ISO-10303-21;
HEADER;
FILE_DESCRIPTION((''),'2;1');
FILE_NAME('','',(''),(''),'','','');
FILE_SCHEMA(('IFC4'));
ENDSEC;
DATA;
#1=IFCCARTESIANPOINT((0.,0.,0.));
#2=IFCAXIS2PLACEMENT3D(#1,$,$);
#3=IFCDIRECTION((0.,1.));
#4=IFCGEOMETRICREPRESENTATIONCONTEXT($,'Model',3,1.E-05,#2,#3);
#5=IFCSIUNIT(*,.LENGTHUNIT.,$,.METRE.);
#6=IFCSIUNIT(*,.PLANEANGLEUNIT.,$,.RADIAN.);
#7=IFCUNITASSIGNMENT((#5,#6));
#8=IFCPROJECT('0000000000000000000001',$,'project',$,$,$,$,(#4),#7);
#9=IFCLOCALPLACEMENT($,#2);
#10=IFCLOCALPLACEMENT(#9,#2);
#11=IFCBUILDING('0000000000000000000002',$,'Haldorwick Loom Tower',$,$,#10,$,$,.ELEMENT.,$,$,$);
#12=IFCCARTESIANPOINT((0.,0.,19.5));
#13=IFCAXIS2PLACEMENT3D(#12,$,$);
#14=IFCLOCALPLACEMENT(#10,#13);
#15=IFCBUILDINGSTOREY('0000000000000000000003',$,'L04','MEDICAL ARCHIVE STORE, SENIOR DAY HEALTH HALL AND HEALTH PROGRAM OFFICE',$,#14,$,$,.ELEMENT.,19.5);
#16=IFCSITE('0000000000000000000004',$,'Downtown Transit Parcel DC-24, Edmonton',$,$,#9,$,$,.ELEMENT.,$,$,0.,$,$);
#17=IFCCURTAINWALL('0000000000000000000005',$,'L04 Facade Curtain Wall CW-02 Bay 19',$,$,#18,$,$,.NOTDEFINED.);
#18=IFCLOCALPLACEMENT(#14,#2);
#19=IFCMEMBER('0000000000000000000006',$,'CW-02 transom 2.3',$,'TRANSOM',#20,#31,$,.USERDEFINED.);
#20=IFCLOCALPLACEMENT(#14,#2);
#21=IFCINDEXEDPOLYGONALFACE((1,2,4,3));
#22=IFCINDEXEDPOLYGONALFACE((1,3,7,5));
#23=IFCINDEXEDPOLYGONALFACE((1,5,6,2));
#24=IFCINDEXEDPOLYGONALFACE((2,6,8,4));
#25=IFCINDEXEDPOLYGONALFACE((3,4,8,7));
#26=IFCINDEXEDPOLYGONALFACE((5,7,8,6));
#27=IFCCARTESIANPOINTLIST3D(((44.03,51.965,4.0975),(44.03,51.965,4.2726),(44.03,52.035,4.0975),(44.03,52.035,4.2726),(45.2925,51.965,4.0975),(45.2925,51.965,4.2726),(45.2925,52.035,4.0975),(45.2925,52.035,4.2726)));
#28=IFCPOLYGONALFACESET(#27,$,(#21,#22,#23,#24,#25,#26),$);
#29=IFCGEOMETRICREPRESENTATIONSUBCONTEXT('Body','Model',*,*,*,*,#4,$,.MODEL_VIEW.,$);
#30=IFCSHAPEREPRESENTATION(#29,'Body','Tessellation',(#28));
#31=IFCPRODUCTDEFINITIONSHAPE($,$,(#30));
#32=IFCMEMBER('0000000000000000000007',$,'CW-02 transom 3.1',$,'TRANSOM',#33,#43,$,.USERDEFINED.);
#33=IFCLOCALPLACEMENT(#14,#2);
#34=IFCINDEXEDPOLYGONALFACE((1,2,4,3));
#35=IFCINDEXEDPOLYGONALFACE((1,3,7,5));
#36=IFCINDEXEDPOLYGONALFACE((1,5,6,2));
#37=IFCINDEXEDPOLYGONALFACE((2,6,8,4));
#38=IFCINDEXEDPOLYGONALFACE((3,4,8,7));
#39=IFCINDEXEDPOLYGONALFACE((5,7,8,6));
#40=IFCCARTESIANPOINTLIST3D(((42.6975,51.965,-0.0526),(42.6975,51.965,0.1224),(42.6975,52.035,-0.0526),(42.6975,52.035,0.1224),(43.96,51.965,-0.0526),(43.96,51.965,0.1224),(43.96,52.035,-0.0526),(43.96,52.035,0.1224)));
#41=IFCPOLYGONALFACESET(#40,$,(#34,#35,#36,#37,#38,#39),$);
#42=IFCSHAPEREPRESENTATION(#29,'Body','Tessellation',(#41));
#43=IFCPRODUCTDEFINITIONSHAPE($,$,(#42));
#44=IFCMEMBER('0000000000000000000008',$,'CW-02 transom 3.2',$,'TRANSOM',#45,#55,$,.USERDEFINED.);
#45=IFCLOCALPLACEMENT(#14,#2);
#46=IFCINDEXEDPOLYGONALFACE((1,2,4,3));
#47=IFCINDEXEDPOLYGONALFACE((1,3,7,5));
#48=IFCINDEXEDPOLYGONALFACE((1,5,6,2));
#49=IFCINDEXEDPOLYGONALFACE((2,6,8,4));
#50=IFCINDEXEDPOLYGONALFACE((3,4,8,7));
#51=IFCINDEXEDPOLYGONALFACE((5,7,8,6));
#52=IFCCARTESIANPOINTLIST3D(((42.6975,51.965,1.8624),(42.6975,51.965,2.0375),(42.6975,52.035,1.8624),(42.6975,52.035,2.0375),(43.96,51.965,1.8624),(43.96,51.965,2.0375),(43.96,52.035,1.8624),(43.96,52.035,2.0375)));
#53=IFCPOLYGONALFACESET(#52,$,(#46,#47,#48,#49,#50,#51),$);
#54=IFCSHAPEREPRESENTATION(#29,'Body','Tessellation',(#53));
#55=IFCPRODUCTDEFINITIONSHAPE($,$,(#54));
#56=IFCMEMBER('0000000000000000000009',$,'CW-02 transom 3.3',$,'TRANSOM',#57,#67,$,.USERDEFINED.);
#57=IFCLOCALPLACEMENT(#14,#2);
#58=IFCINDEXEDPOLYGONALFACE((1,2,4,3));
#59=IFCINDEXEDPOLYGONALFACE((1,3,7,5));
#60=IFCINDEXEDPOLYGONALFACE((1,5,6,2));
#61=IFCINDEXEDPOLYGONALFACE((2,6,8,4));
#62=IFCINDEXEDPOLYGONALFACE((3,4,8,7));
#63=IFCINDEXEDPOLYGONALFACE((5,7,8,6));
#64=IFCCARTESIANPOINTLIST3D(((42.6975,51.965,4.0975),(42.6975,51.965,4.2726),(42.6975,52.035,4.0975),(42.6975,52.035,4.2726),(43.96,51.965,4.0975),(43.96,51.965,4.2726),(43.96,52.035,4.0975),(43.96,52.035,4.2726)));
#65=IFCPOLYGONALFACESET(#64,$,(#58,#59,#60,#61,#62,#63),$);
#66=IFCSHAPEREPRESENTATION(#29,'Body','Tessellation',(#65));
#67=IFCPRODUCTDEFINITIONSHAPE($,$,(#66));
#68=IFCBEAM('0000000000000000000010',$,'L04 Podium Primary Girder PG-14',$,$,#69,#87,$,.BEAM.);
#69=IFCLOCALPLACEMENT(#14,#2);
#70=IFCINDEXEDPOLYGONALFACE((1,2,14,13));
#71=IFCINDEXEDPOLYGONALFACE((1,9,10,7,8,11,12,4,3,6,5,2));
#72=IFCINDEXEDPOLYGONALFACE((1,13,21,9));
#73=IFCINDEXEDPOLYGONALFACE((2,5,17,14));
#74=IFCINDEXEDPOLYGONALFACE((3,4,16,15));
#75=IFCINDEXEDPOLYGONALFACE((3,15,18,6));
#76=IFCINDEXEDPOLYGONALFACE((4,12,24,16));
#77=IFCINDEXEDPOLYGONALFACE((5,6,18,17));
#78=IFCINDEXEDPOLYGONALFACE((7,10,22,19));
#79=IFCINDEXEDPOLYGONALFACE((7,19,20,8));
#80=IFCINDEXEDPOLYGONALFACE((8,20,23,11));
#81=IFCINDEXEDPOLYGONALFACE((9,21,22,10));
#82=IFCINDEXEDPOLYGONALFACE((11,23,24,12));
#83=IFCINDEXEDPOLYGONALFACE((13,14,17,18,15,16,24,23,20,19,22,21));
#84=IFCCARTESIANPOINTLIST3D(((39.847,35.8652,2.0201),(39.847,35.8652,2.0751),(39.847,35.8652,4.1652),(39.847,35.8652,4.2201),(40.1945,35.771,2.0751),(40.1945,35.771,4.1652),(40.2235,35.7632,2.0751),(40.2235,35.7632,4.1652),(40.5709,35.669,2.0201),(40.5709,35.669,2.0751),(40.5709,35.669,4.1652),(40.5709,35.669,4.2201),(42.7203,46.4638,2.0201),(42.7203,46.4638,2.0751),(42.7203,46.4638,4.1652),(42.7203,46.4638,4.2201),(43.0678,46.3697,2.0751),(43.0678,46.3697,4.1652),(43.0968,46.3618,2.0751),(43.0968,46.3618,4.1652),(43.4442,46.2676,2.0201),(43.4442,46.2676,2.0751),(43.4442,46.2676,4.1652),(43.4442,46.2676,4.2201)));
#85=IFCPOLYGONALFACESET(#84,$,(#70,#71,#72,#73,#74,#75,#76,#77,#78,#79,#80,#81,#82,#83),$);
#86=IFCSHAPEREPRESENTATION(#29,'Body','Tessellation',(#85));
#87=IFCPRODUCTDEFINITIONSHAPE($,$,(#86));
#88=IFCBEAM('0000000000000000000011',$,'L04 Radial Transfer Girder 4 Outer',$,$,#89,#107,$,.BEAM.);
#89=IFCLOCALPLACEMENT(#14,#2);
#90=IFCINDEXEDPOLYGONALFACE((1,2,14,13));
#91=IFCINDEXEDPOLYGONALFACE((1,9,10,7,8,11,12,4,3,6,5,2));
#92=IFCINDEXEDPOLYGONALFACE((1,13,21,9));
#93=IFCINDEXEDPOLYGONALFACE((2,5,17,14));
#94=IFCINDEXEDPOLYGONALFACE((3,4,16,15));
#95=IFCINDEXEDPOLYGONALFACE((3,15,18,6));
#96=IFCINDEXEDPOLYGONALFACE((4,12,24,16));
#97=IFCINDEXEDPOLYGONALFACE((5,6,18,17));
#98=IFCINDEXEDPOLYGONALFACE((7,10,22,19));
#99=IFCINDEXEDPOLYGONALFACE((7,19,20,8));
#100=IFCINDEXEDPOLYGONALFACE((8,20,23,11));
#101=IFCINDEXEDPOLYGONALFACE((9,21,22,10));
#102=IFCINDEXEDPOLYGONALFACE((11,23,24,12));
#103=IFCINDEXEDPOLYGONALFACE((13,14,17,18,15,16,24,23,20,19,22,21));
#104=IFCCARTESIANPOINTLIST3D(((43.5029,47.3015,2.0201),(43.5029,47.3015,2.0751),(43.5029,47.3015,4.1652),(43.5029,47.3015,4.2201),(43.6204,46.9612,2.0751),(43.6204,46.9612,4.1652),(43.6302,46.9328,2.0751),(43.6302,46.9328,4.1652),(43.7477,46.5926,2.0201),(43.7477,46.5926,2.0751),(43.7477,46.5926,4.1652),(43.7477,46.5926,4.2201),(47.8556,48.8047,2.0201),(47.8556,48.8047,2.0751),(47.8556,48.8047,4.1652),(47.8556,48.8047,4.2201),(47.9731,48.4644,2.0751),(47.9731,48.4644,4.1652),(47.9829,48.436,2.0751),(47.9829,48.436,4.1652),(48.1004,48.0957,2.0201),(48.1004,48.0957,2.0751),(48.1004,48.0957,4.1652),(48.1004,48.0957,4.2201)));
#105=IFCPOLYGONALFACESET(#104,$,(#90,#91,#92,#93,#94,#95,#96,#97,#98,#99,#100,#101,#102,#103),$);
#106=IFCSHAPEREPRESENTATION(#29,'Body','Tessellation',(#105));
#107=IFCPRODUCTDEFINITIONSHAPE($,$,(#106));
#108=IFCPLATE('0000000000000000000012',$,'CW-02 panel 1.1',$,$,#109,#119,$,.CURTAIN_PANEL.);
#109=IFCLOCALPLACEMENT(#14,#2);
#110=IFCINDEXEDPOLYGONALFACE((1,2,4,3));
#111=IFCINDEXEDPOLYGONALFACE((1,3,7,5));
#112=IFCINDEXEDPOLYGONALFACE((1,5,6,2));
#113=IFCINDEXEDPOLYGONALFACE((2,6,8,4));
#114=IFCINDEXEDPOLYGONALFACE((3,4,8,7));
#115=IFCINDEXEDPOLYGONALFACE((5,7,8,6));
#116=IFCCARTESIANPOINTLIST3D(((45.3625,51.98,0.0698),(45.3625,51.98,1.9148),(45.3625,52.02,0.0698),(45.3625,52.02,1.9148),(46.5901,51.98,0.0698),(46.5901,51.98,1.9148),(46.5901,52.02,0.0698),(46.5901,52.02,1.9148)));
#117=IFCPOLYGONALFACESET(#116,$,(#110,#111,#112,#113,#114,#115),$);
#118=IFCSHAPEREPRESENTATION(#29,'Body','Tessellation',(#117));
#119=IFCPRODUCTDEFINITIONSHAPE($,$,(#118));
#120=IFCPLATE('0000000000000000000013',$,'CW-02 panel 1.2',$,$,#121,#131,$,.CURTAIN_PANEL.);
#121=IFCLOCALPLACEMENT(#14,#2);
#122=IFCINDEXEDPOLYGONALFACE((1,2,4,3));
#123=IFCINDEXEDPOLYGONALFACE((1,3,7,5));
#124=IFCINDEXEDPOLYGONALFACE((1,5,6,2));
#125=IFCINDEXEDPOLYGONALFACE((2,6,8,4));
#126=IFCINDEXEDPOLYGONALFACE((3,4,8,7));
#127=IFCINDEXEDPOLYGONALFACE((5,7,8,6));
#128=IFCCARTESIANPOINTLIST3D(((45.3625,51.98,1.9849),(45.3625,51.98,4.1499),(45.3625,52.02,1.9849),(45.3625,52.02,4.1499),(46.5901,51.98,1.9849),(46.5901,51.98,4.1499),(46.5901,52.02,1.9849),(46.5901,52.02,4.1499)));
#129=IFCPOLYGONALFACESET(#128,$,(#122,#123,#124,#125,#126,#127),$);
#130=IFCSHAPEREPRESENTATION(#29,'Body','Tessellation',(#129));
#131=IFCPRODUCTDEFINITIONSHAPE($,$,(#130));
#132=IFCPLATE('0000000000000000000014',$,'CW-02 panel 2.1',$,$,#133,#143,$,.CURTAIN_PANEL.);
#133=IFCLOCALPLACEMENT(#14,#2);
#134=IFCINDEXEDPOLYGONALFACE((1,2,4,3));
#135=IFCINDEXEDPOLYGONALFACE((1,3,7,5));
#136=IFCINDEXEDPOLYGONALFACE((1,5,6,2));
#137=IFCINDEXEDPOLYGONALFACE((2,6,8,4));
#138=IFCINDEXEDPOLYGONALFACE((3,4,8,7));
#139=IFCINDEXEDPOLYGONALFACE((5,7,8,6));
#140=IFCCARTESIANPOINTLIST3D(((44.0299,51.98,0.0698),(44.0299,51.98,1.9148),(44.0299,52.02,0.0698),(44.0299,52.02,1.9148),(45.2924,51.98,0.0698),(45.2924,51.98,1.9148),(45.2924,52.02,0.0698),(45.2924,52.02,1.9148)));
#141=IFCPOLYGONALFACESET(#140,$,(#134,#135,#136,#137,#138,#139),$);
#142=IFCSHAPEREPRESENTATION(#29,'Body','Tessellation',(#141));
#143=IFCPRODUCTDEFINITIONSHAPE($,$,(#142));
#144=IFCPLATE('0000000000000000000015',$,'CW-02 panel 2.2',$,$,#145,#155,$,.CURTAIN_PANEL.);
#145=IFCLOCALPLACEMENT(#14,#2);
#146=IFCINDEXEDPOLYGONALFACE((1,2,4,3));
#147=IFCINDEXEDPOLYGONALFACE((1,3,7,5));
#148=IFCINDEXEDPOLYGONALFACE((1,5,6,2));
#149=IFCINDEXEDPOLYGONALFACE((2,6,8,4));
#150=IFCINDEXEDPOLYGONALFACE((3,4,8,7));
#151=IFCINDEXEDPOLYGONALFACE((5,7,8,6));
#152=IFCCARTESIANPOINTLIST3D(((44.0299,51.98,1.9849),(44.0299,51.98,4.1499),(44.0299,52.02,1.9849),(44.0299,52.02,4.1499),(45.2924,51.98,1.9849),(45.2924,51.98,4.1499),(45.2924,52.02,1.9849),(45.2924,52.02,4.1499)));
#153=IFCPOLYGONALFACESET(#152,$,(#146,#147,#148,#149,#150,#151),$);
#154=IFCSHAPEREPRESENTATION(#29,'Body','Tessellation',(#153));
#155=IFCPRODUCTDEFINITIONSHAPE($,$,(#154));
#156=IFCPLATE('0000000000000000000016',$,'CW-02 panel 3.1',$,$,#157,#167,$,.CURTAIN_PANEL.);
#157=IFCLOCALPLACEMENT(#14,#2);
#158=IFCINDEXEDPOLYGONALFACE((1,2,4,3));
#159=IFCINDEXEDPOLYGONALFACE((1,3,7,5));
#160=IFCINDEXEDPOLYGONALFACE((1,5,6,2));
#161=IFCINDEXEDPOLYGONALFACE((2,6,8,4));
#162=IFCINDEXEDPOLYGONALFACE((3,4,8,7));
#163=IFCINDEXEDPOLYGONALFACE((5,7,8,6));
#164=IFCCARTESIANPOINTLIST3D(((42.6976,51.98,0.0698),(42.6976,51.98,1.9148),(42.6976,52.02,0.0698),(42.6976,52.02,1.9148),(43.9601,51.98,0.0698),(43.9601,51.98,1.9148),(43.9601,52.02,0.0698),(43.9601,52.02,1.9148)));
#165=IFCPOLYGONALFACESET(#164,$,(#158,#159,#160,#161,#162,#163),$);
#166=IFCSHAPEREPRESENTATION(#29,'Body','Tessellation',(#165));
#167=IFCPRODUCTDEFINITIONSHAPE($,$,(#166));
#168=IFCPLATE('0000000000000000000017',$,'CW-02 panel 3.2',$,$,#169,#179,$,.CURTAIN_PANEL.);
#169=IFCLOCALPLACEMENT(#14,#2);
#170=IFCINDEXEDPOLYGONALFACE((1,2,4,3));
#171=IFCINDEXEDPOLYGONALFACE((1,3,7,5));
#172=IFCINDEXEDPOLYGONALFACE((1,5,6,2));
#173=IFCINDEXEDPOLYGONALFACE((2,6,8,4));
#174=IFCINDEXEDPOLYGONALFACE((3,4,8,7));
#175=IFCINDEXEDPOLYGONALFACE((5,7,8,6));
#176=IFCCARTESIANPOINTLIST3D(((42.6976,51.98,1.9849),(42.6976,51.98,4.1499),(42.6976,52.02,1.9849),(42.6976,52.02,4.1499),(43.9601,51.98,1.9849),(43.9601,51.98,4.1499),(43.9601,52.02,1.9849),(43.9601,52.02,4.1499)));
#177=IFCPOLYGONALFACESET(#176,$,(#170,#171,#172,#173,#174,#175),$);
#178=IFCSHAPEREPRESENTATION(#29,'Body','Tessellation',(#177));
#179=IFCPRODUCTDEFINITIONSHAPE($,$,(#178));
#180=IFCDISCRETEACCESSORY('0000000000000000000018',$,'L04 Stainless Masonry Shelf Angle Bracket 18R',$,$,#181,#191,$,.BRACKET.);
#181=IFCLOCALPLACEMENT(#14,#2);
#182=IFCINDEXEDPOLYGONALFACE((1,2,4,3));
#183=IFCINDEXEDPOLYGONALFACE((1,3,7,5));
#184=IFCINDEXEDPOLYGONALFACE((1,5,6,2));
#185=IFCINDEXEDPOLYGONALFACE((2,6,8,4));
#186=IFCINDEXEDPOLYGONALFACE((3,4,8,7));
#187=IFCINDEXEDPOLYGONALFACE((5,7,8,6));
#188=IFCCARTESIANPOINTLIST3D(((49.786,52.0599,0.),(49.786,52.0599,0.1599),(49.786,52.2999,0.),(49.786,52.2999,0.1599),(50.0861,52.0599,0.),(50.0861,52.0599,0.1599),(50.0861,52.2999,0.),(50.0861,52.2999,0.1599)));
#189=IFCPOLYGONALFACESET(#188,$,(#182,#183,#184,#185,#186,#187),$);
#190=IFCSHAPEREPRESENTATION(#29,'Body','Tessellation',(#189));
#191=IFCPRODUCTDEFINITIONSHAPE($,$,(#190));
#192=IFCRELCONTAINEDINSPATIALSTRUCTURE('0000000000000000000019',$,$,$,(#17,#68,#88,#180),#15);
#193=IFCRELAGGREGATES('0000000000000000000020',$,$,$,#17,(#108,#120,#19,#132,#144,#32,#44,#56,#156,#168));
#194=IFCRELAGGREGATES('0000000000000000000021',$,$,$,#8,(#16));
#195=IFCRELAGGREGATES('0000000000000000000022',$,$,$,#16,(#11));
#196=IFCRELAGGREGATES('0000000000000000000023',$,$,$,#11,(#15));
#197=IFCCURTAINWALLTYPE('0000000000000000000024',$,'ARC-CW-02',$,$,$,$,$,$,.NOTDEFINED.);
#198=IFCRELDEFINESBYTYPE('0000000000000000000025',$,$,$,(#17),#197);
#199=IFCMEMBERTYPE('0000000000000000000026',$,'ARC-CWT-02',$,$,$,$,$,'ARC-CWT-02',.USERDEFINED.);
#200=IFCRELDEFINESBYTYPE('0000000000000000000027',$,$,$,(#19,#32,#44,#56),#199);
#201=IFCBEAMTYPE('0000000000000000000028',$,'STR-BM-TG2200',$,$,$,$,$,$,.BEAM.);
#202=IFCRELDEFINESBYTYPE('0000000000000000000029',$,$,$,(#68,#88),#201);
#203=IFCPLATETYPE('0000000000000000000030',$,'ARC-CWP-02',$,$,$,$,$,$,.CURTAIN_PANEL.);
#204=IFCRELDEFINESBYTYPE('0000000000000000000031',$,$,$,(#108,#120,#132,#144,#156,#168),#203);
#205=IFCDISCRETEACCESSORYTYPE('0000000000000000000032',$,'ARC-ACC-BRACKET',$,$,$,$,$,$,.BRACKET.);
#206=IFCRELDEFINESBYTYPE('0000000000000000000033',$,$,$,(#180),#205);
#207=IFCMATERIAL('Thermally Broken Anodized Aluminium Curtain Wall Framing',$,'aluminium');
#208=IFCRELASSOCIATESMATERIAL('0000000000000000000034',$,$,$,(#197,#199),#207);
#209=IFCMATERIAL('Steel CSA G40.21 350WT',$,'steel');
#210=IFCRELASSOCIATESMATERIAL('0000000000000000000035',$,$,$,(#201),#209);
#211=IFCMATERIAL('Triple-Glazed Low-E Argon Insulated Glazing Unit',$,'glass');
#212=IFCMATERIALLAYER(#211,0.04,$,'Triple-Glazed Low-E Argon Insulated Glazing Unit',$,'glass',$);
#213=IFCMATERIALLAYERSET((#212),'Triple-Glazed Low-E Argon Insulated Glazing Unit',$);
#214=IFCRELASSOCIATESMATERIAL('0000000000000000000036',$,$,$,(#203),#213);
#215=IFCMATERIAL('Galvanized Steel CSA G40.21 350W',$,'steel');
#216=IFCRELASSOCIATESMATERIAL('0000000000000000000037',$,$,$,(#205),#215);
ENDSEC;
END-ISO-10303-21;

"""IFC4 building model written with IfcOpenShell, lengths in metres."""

from ifc_helpers import new_model, si_unit, direction, frame, origin, origin_2d, place, context, subcontext, project, spatial, rectangle, i_section, extrude, material, layer, layer_set, material_profile, profile_set, type_object, element, aggregate, save


model = new_model("IFC4")

# Units and contexts
model_context = context("Model", 3, precision=1e-05, world=origin(), true_north=direction((0.0, 1.0)))
body_context = subcontext(model_context, "Body", "Model", "MODEL_VIEW")
ifc_project = project(units=[si_unit("LENGTHUNIT", "METRE"), si_unit("PLANEANGLEUNIT", "RADIAN")], contexts=[model_context])

# Site, building, storey
site_placement = place(None, origin())
site = spatial("IfcSite", under=ifc_project, at=site_placement, Name="Downtown Transit Parcel DC-24, Edmonton", CompositionType="ELEMENT", RefElevation=0.0)
building_placement = place(site_placement, origin())
building = spatial("IfcBuilding", under=site, at=building_placement, Name="Haldorwick Loom Tower", CompositionType="ELEMENT")
storey_placement = place(building_placement, frame((0.0, 0.0, 19.5)))
storey = spatial("IfcBuildingStorey", under=building, at=storey_placement, Name="L04", Description="MEDICAL ARCHIVE STORE, SENIOR DAY HEALTH HALL AND HEALTH PROGRAM OFFICE", CompositionType="ELEMENT", Elevation=19.5)

# Shared definitions
ifc_material_1 = material(Name="Steel CSA G40.21 350WT", Category="steel")

# Curtain wall, members
ifc_material_2 = material(Name="Thermally Broken Anodized Aluminium Curtain Wall Framing", Category="aluminium")
curtain_wall_type = type_object("IfcCurtainWallType", Name="ARC-CW-02", PredefinedType="NOTDEFINED", material=ifc_material_2)
curtain_wall_placement = place(storey_placement, origin())
curtain_wall = element("IfcCurtainWall", 1, at=curtain_wall_placement, inside=storey, type_object=curtain_wall_type, Name="L04 Facade Curtain Wall CW-02 Bay 19", PredefinedType="NOTDEFINED")
ifc_material_profile_1 = material_profile(ifc_material_2, rectangle(XDim=0.0701, YDim=0.175, at=origin_2d()), Name="ALU_TRN_70X175", Category="aluminium")
ifc_profile_set_1 = profile_set([ifc_material_profile_1], Name="Thermally Broken Anodized Aluminium Curtain Wall Framing")
member_type_1 = type_object("IfcMemberType", Name="ARC-CWT-02", ElementType="ARC-CWT-02", PredefinedType="USERDEFINED", material=ifc_profile_set_1)
member_1_placement = place(storey_placement, frame((45.2925, 52.0, 4.1851), z_axis=(-1.0, 0.0, 0.0), x_axis=(0.0, -1.0, 0.0)))
member_1 = element("IfcMember", 2, at=member_1_placement, type_object=member_type_1, Name="CW-02 transom 2.3", ObjectType="TRANSOM", PredefinedType="USERDEFINED", context=body_context, shape_type="SweptSolid", body=[
    extrude(rectangle(XDim=0.0701, YDim=0.175, at=origin_2d()), origin(), (0.0, 0.0, 1.0), 1.2625),
])
member_2_placement = place(storey_placement, frame((43.96, 52.0, 0.0349), z_axis=(-1.0, 0.0, 0.0), x_axis=(0.0, -1.0, 0.0)))
member_2 = element("IfcMember", 3, at=member_2_placement, type_object=member_type_1, Name="CW-02 transom 3.1", ObjectType="TRANSOM", PredefinedType="USERDEFINED", context=body_context, shape_type="SweptSolid", body=[
    extrude(rectangle(XDim=0.0701, YDim=0.175, at=origin_2d()), origin(), (0.0, 0.0, 1.0), 1.2625),
])
member_3_placement = place(storey_placement, frame((43.96, 52.0, 1.95), z_axis=(-1.0, 0.0, 0.0), x_axis=(0.0, -1.0, 0.0)))
member_3 = element("IfcMember", 4, at=member_3_placement, type_object=member_type_1, Name="CW-02 transom 3.2", ObjectType="TRANSOM", PredefinedType="USERDEFINED", context=body_context, shape_type="SweptSolid", body=[
    extrude(rectangle(XDim=0.0701, YDim=0.175, at=origin_2d()), origin(), (0.0, 0.0, 1.0), 1.2625),
])
member_4_placement = place(storey_placement, frame((43.96, 52.0, 4.1851), z_axis=(-1.0, 0.0, 0.0), x_axis=(0.0, -1.0, 0.0)))
member_4 = element("IfcMember", 5, at=member_4_placement, type_object=member_type_1, Name="CW-02 transom 3.3", ObjectType="TRANSOM", PredefinedType="USERDEFINED", context=body_context, shape_type="SweptSolid", body=[
    extrude(rectangle(XDim=0.0701, YDim=0.175, at=origin_2d()), origin(), (0.0, 0.0, 1.0), 1.2625),
])

# Beams
ifc_material_profile_2 = material_profile(ifc_material_1, i_section(OverallWidth=0.75, OverallDepth=2.2, WebThickness=0.03, FlangeThickness=0.0549, at=origin_2d()), Name="WWF2200X750", Category="steel")
ifc_profile_set_2 = profile_set([ifc_material_profile_2], Name="Steel CSA G40.21 350WT")
beam_type = type_object("IfcBeamType", Name="STR-BM-TG2200", PredefinedType="BEAM", material=ifc_profile_set_2)
beam_1_placement = place(storey_placement, frame((43.0823, 46.3657, 3.1201), z_axis=(-0.261655, -0.965161, 0.0), x_axis=(0.965161, -0.261655, 0.0)))
element("IfcBeam", 6, at=beam_1_placement, inside=storey, type_object=beam_type, Name="L04 Podium Primary Girder PG-14", PredefinedType="BEAM", context=body_context, shape_type="SweptSolid", body=[
    extrude(i_section(OverallWidth=0.75, OverallDepth=2.2, WebThickness=0.03, FlangeThickness=0.0549, at=origin_2d()), origin(), (0.0, 0.0, 1.0), 10.9812),
])
beam_2_placement = place(storey_placement, frame((47.978, 48.4502, 3.1201), z_axis=(-0.945225, -0.32642, 0.0), x_axis=(0.32642, -0.945225, 0.0)))
element("IfcBeam", 7, at=beam_2_placement, inside=storey, type_object=beam_type, Name="L04 Radial Transfer Girder 4 Outer", PredefinedType="BEAM", context=body_context, shape_type="SweptSolid", body=[
    extrude(i_section(OverallWidth=0.75, OverallDepth=2.2, WebThickness=0.03, FlangeThickness=0.0549, at=origin_2d()), origin(), (0.0, 0.0, 1.0), 4.605),
])

# Plates
ifc_material_3 = material(Name="Triple-Glazed Low-E Argon Insulated Glazing Unit", Category="glass")
ifc_layer = layer(ifc_material_3, 0.04, Name="Triple-Glazed Low-E Argon Insulated Glazing Unit", Category="glass")
ifc_layer_set = layer_set([ifc_layer], Name="Triple-Glazed Low-E Argon Insulated Glazing Unit")
plate_type = type_object("IfcPlateType", Name="ARC-CWP-02", PredefinedType="CURTAIN_PANEL", material=ifc_layer_set)
plate_1_placement = place(storey_placement, frame((45.9763, 52.0, 0.0698), z_axis=(0.0, 0.0, 1.0), x_axis=(-1.0, 0.0, 0.0)))
plate_1 = element("IfcPlate", 8, at=plate_1_placement, type_object=plate_type, Name="CW-02 panel 1.1", PredefinedType="CURTAIN_PANEL", context=body_context, shape_type="SweptSolid", body=[
    extrude(rectangle(XDim=1.2275, YDim=0.04, at=origin_2d()), origin(), (0.0, 0.0, 1.0), 1.845),
])
plate_2_placement = place(storey_placement, frame((45.9763, 52.0, 1.9849), z_axis=(0.0, 0.0, 1.0), x_axis=(-1.0, 0.0, 0.0)))
plate_2 = element("IfcPlate", 9, at=plate_2_placement, type_object=plate_type, Name="CW-02 panel 1.2", PredefinedType="CURTAIN_PANEL", context=body_context, shape_type="SweptSolid", body=[
    extrude(rectangle(XDim=1.2275, YDim=0.04, at=origin_2d()), origin(), (0.0, 0.0, 1.0), 2.165),
])
plate_3_placement = place(storey_placement, frame((44.6611, 52.0, 0.0698), z_axis=(0.0, 0.0, 1.0), x_axis=(-1.0, 0.0, 0.0)))
plate_3 = element("IfcPlate", 10, at=plate_3_placement, type_object=plate_type, Name="CW-02 panel 2.1", PredefinedType="CURTAIN_PANEL", context=body_context, shape_type="SweptSolid", body=[
    extrude(rectangle(XDim=1.2625, YDim=0.04, at=origin_2d()), origin(), (0.0, 0.0, 1.0), 1.845),
])
plate_4_placement = place(storey_placement, frame((44.6611, 52.0, 1.9849), z_axis=(0.0, 0.0, 1.0), x_axis=(-1.0, 0.0, 0.0)))
plate_4 = element("IfcPlate", 11, at=plate_4_placement, type_object=plate_type, Name="CW-02 panel 2.2", PredefinedType="CURTAIN_PANEL", context=body_context, shape_type="SweptSolid", body=[
    extrude(rectangle(XDim=1.2625, YDim=0.04, at=origin_2d()), origin(), (0.0, 0.0, 1.0), 2.165),
])
plate_5_placement = place(storey_placement, frame((43.3289, 52.0, 0.0698), z_axis=(0.0, 0.0, 1.0), x_axis=(-1.0, 0.0, 0.0)))
plate_5 = element("IfcPlate", 12, at=plate_5_placement, type_object=plate_type, Name="CW-02 panel 3.1", PredefinedType="CURTAIN_PANEL", context=body_context, shape_type="SweptSolid", body=[
    extrude(rectangle(XDim=1.2625, YDim=0.04, at=origin_2d()), origin(), (0.0, 0.0, 1.0), 1.845),
])
plate_6_placement = place(storey_placement, frame((43.3289, 52.0, 1.9849), z_axis=(0.0, 0.0, 1.0), x_axis=(-1.0, 0.0, 0.0)))
plate_6 = element("IfcPlate", 13, at=plate_6_placement, type_object=plate_type, Name="CW-02 panel 3.2", PredefinedType="CURTAIN_PANEL", context=body_context, shape_type="SweptSolid", body=[
    extrude(rectangle(XDim=1.2625, YDim=0.04, at=origin_2d()), origin(), (0.0, 0.0, 1.0), 2.165),
])
aggregate(curtain_wall, [plate_1, plate_2, member_1, plate_3, plate_4, member_2, member_3, member_4, plate_5, plate_6])

# Discrete accessory
ifc_material_4 = material(Name="Galvanized Steel CSA G40.21 350W", Category="steel")
discrete_accessory_type = type_object("IfcDiscreteAccessoryType", Name="ARC-ACC-BRACKET", PredefinedType="BRACKET", material=ifc_material_4)
discrete_accessory_placement = place(storey_placement, frame((49.936, 52.1799, 0.0), z_axis=(0.0, 0.0, 1.0), x_axis=(-1.0, 0.0, 0.0)))
element("IfcDiscreteAccessory", 14, at=discrete_accessory_placement, inside=storey, type_object=discrete_accessory_type, Name="L04 Stainless Masonry Shelf Angle Bracket 18R", PredefinedType="BRACKET", context=body_context, shape_type="SweptSolid", body=[
    extrude(rectangle(XDim=0.3, YDim=0.24, at=origin_2d()), origin(), (0.0, 0.0, 1.0), 0.1599),
])

save(model, "model.ifc")
